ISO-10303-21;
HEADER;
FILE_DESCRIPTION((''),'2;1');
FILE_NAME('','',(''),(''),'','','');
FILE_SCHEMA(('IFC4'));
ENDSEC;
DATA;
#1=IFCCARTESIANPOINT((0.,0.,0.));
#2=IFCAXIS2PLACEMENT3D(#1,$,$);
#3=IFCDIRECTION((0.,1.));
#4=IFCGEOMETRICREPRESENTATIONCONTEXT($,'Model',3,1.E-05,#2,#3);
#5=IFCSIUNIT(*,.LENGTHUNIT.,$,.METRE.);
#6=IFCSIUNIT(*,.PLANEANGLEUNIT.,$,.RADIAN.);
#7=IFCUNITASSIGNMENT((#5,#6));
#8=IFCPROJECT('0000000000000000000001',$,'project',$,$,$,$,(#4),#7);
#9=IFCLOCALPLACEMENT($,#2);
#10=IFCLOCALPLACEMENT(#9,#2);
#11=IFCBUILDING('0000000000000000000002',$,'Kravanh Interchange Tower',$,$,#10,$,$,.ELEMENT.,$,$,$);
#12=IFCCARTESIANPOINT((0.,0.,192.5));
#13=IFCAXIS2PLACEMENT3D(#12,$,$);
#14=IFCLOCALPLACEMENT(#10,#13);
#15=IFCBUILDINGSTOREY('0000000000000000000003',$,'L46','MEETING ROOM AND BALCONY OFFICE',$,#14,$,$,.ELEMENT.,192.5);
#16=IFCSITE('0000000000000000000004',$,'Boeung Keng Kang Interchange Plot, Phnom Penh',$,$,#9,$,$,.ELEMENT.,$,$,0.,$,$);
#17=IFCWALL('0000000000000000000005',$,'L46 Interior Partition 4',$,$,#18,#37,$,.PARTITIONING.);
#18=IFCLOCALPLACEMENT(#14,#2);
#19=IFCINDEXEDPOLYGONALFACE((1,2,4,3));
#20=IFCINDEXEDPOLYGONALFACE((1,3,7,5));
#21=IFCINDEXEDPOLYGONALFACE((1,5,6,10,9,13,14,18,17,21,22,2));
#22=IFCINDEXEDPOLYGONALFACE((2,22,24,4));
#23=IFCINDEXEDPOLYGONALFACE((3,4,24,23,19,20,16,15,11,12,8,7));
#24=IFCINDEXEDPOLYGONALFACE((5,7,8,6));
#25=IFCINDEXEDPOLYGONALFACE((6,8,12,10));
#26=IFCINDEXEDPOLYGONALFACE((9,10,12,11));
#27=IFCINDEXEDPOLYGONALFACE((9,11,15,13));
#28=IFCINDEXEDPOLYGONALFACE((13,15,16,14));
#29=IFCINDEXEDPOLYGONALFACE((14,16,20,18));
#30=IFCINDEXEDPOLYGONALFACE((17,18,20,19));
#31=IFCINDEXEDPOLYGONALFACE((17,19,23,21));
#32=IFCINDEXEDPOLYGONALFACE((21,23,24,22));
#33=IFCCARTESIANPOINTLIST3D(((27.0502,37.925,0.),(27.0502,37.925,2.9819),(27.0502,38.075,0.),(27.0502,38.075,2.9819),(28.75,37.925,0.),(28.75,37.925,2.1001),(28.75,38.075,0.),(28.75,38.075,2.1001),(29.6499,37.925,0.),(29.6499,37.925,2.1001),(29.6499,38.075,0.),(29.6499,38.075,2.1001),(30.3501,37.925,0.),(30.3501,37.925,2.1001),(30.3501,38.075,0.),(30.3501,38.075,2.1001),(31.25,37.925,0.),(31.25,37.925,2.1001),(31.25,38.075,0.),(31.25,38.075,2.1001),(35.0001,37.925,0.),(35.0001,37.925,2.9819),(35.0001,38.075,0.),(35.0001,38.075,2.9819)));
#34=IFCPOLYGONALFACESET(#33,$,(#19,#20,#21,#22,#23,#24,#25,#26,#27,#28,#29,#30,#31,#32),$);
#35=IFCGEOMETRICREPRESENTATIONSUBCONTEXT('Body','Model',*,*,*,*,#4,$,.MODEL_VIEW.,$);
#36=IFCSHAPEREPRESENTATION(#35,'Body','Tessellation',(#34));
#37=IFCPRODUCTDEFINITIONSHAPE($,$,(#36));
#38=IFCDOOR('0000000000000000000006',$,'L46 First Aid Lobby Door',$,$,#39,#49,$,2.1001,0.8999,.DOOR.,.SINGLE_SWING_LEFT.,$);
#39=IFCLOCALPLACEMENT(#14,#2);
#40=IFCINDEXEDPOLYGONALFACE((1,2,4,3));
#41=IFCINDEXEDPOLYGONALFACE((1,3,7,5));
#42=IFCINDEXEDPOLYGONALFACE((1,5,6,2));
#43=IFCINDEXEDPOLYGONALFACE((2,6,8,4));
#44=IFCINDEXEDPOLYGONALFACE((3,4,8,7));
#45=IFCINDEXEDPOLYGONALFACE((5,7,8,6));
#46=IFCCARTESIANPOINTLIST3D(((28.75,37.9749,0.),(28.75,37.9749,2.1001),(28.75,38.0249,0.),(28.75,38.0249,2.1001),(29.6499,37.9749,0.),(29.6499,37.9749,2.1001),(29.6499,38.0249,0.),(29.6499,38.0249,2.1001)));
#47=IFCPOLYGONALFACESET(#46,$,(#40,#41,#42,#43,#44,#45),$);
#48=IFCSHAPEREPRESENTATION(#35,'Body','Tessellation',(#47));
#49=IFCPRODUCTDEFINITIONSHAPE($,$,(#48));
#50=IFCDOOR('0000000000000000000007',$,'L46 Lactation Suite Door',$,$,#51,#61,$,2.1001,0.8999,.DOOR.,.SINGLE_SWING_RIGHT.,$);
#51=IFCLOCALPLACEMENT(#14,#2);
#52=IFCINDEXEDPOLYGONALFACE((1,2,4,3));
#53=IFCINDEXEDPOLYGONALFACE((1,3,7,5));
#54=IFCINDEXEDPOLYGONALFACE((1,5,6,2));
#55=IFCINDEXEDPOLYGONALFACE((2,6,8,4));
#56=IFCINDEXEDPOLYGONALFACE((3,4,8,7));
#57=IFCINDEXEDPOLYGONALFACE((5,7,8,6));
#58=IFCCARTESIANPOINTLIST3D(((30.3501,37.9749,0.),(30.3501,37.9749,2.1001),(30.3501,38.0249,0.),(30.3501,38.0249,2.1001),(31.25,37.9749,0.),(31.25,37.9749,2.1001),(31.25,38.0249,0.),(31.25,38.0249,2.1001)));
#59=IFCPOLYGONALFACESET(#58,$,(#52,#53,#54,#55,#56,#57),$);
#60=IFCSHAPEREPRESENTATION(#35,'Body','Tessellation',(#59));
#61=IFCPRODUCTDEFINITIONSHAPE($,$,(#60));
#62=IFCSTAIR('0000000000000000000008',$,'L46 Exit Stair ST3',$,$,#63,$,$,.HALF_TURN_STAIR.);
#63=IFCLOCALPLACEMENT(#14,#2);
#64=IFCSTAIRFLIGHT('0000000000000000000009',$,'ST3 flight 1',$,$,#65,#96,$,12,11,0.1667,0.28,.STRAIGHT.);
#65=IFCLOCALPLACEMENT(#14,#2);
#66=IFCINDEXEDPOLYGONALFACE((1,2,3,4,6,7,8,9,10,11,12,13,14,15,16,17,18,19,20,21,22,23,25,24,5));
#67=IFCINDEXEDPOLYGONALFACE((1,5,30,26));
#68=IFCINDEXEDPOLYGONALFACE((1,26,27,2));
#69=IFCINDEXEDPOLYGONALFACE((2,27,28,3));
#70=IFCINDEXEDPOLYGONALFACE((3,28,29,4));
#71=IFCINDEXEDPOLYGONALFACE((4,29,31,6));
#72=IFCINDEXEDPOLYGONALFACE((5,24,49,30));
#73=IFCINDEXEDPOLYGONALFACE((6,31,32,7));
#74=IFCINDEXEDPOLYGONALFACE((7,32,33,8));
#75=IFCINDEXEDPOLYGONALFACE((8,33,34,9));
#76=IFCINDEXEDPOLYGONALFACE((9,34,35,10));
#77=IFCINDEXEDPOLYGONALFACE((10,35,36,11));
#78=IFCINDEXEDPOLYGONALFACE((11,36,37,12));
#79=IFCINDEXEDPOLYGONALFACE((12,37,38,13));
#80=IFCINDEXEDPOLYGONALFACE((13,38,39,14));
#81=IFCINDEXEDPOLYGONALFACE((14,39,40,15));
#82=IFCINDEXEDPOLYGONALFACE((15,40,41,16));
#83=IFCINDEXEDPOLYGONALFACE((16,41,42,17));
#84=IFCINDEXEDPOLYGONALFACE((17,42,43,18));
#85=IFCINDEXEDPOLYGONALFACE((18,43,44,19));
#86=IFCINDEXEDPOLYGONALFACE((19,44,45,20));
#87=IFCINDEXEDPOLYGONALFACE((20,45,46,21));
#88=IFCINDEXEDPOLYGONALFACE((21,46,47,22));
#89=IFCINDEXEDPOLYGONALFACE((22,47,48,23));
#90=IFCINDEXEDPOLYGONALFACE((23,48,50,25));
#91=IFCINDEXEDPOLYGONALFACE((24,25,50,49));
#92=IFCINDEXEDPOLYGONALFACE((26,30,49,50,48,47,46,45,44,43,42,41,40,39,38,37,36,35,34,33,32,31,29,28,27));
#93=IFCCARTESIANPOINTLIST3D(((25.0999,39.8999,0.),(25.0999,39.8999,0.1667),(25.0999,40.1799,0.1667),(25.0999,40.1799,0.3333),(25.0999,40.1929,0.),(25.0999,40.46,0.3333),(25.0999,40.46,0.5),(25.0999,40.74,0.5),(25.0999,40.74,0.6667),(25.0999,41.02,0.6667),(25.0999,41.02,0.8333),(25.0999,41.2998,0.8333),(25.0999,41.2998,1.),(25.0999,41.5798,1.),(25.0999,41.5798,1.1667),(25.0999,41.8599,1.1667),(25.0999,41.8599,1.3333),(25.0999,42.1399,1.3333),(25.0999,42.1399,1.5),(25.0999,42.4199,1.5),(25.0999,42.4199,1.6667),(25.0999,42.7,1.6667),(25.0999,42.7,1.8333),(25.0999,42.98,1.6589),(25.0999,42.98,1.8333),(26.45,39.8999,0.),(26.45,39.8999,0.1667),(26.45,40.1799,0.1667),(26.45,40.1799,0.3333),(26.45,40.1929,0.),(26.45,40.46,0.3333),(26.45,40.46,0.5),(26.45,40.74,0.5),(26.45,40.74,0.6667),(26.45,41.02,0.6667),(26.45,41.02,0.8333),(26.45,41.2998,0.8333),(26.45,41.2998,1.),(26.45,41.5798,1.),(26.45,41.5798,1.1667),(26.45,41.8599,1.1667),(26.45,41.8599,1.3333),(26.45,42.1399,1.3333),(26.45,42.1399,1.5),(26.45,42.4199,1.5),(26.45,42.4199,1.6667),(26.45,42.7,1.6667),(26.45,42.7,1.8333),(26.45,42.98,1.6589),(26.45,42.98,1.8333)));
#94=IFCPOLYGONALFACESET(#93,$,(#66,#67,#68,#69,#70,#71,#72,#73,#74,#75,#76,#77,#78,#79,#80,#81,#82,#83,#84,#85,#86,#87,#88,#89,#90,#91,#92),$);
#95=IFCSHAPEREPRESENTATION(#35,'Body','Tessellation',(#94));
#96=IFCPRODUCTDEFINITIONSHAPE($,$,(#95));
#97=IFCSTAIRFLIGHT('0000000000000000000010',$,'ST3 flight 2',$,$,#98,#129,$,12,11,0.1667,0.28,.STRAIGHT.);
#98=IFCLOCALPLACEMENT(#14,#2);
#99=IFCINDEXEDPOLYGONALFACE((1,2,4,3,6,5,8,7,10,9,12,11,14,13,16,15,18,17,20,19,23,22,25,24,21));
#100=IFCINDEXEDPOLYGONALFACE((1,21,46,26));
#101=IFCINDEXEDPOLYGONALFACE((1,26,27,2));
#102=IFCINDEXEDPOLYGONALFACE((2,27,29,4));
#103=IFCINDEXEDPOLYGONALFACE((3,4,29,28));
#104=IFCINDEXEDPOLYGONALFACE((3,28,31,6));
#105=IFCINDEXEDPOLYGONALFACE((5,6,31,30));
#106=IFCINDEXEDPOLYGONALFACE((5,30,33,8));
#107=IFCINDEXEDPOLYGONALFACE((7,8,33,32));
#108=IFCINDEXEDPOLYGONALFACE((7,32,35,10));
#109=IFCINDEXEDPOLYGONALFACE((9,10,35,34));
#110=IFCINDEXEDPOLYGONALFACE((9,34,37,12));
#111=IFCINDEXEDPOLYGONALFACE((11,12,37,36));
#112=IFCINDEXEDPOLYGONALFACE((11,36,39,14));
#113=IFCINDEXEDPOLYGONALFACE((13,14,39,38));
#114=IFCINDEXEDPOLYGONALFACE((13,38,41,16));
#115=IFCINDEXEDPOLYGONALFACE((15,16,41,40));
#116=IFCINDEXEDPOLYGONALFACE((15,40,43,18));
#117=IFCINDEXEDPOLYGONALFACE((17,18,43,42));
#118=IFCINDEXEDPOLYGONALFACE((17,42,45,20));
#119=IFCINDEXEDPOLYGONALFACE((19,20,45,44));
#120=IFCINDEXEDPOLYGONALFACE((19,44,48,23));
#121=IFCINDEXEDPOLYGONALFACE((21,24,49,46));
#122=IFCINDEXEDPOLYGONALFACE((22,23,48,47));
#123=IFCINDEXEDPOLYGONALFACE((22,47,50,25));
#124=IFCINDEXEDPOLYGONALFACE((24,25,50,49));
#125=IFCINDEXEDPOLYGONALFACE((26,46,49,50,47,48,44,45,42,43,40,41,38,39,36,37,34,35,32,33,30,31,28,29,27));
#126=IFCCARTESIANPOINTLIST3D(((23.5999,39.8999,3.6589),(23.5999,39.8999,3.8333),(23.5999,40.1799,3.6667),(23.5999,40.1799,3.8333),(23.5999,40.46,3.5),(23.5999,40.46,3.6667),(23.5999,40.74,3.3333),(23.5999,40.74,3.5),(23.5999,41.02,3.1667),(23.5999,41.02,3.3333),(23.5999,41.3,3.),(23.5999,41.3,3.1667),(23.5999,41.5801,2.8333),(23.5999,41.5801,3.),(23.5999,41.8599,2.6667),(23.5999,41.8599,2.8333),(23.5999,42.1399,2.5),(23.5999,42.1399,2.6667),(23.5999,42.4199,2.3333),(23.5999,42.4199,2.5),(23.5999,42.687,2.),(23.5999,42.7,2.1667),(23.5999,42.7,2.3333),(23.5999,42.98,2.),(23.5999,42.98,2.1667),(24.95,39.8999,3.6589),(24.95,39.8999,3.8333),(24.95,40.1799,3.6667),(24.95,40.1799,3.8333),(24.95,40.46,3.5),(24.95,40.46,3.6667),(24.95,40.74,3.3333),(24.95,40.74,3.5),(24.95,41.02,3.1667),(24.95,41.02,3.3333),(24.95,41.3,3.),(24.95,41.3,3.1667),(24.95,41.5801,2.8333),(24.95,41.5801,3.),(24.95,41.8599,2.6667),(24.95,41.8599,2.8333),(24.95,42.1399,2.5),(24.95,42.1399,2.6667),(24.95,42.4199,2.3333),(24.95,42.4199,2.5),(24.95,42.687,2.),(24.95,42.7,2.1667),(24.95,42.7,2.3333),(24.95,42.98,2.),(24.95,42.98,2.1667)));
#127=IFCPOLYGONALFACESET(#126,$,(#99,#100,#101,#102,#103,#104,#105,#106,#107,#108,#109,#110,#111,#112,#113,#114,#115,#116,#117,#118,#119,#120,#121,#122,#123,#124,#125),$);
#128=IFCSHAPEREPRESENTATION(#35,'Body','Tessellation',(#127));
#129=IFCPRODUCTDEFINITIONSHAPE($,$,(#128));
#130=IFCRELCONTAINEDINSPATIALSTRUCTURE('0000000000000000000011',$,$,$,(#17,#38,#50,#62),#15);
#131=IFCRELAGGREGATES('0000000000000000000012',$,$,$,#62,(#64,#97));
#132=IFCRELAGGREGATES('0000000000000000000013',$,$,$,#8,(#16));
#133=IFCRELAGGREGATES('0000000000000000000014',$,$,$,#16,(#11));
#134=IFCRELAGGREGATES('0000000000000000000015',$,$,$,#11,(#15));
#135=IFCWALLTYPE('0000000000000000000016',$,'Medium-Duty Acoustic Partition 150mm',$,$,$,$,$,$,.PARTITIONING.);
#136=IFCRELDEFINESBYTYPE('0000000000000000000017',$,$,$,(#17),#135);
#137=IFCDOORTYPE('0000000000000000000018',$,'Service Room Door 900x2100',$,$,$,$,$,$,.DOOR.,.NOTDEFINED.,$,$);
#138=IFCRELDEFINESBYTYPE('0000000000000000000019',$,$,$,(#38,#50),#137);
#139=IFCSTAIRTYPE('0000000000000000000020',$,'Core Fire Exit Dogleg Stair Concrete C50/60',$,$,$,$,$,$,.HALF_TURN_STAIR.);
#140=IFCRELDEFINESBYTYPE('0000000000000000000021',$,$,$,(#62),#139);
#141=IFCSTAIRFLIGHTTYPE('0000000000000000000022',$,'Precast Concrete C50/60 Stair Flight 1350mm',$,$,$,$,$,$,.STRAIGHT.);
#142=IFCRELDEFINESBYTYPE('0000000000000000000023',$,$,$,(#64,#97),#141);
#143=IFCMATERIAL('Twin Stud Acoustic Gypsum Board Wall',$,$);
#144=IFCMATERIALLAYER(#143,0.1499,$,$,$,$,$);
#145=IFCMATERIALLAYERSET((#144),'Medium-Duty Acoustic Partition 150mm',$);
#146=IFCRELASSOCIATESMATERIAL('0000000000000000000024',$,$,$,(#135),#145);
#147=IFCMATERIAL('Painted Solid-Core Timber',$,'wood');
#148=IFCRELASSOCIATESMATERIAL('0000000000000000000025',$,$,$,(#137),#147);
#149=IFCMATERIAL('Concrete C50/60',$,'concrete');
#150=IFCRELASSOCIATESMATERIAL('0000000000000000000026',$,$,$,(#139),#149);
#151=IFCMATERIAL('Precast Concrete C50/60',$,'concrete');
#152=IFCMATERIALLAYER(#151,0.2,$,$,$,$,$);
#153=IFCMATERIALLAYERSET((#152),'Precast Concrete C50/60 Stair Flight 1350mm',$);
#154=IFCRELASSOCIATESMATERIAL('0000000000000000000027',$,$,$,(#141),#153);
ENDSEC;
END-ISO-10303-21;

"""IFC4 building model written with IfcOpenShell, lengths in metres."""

from ifc_helpers import new_model, si_unit, direction, frame, frame_2d, origin, place, context, subcontext, project, spatial, polyline, rectangle, outline, extrude, material, layer, layer_set, type_object, element, fill, aggregate, save


model = new_model("IFC4")

# Units and contexts
model_context = context("Model", 3, precision=1e-05, world=origin(), true_north=direction((0.0, 1.0)))
body_context = subcontext(model_context, "Body", "Model", "MODEL_VIEW")
ifc_project = project(units=[si_unit("LENGTHUNIT", "METRE"), si_unit("PLANEANGLEUNIT", "RADIAN")], contexts=[model_context])

# Site, building, storey
site_placement = place(None, origin())
site = spatial("IfcSite", under=ifc_project, at=site_placement, Name="Boeung Keng Kang Interchange Plot, Phnom Penh", CompositionType="ELEMENT", RefElevation=0.0)
building_placement = place(site_placement, origin())
building = spatial("IfcBuilding", under=site, at=building_placement, Name="Kravanh Interchange Tower", CompositionType="ELEMENT")
storey_placement = place(building_placement, frame((0.0, 0.0, 192.5)))
storey = spatial("IfcBuildingStorey", under=building, at=storey_placement, Name="L46", Description="MEETING ROOM AND BALCONY OFFICE", CompositionType="ELEMENT", Elevation=192.5)

# Wall, openings, doors
ifc_material_1 = material(Name="Twin Stud Acoustic Gypsum Board Wall")
ifc_layer_1 = layer(ifc_material_1, 0.1499)
ifc_layer_set_1 = layer_set([ifc_layer_1], Name="Medium-Duty Acoustic Partition 150mm")
wall_type_1 = type_object("IfcWallType", Name="Medium-Duty Acoustic Partition 150mm", PredefinedType="PARTITIONING", material=ifc_layer_set_1)
wall_1_placement = place(storey_placement, frame((27.05, 38.0, 0.0), z_axis=(0.0, 0.0, 1.0), x_axis=(1.0, 0.0, 0.0)))
wall_1 = element("IfcWall", 1, at=wall_1_placement, inside=storey, type_object=wall_type_1, Name="L46 Interior Partition 4", PredefinedType="PARTITIONING", context=body_context, shape_type="SweptSolid", body=[
    extrude(rectangle(XDim=7.95, YDim=0.1499, at=frame_2d((3.9751, 0.0))), origin(), (0.0, 0.0, 1.0), 2.9819),
])
opening_1_placement = place(wall_1_placement, frame((1.7, 0.0, 0.0)))
opening_1 = element("IfcOpeningElement", 2, at=opening_1_placement, cuts=wall_1, PredefinedType="OPENING", context=body_context, shape_type="SweptSolid", body=[
    extrude(rectangle(XDim=0.8999, YDim=2.1001, at=frame_2d((0.45, 1.05))), frame((0.0, 0.085, 0.0), z_axis=(0.0, -1.0, 0.0), x_axis=(1.0, 0.0, 0.0)), (0.0, 0.0, 1.0), 0.1699),
])
opening_2_placement = place(wall_1_placement, frame((3.3, 0.0, 0.0)))
opening_2 = element("IfcOpeningElement", 3, at=opening_2_placement, cuts=wall_1, PredefinedType="OPENING", context=body_context, shape_type="SweptSolid", body=[
    extrude(rectangle(XDim=0.8999, YDim=2.1001, at=frame_2d((0.45, 1.05))), frame((0.0, 0.085, 0.0), z_axis=(0.0, -1.0, 0.0), x_axis=(1.0, 0.0, 0.0)), (0.0, 0.0, 1.0), 0.1699),
])
ifc_material_2 = material(Name="Painted Solid-Core Timber", Category="wood")
door_type = type_object("IfcDoorType", Name="Service Room Door 900x2100", OperationType="NOTDEFINED", PredefinedType="DOOR", material=ifc_material_2)
door_1_placement = place(opening_1_placement, origin())
door_1 = element("IfcDoor", 4, at=door_1_placement, inside=storey, type_object=door_type, Name="L46 First Aid Lobby Door", OperationType="SINGLE_SWING_LEFT", OverallHeight=2.1001, OverallWidth=0.8999, PredefinedType="DOOR", context=body_context, shape_type="SweptSolid", body=[
    extrude(rectangle(XDim=0.8999, YDim=2.1001, at=frame_2d((0.45, 1.05))), frame((0.0, 0.0249, 0.0), z_axis=(0.0, -1.0, 0.0), x_axis=(1.0, 0.0, 0.0)), (0.0, 0.0, 1.0), 0.05),
])
fill(opening_1, door_1)
door_2_placement = place(opening_2_placement, origin())
door_2 = element("IfcDoor", 5, at=door_2_placement, inside=storey, type_object=door_type, Name="L46 Lactation Suite Door", OperationType="SINGLE_SWING_RIGHT", OverallHeight=2.1001, OverallWidth=0.8999, PredefinedType="DOOR", context=body_context, shape_type="SweptSolid", body=[
    extrude(rectangle(XDim=0.8999, YDim=2.1001, at=frame_2d((0.45, 1.05))), frame((0.0, 0.0249, 0.0), z_axis=(0.0, -1.0, 0.0), x_axis=(1.0, 0.0, 0.0)), (0.0, 0.0, 1.0), 0.05),
])
fill(opening_2, door_2)

# Stair, stair flights
ifc_material_3 = material(Name="Concrete C50/60", Category="concrete")
stair_type = type_object("IfcStairType", Name="Core Fire Exit Dogleg Stair Concrete C50/60", PredefinedType="HALF_TURN_STAIR", material=ifc_material_3)
stair_placement = place(storey_placement, origin())
stair = element("IfcStair", 6, at=stair_placement, inside=storey, type_object=stair_type, Name="L46 Exit Stair ST3", PredefinedType="HALF_TURN_STAIR")
ifc_material_4 = material(Name="Precast Concrete C50/60", Category="concrete")
ifc_layer_2 = layer(ifc_material_4, 0.2)
ifc_layer_set_2 = layer_set([ifc_layer_2], Name="Precast Concrete C50/60 Stair Flight 1350mm")
stair_flight_type = type_object("IfcStairFlightType", Name="Precast Concrete C50/60 Stair Flight 1350mm", PredefinedType="STRAIGHT", material=ifc_layer_set_2)
stair_flight_1_placement = place(storey_placement, frame((25.7749, 39.8999, 0.0), z_axis=(0.0, 0.0, 1.0), x_axis=(0.0, 1.0, 0.0)))
stair_flight_1 = element("IfcStairFlight", 7, at=stair_flight_1_placement, type_object=stair_flight_type, Name="ST3 flight 1", NumberOfRisers=12, NumberOfTreads=11, PredefinedType="STRAIGHT", RiserHeight=0.1667, TreadLength=0.28, context=body_context, shape_type="SweptSolid", body=[
    extrude(outline(polyline([(0.0, 0.0), (0.0, 0.1667), (0.28, 0.1667), (0.28, 0.3333), (0.5601, 0.3333), (0.5601, 0.5), (0.8401, 0.5), (0.8401, 0.6667), (1.1201, 0.6667), (1.1201, 0.8333), (1.3999, 0.8333), (1.3999, 1.0), (1.6799, 1.0), (1.6799, 1.1667), (1.96, 1.1667), (1.96, 1.3333), (2.24, 1.3333), (2.24, 1.5), (2.52, 1.5), (2.52, 1.6667), (2.8, 1.6667), (2.8, 1.8333), (3.0801, 1.8333), (3.0801, 2.0), (3.0801, 1.6589), (0.293, 0.0), (0.0, 0.0)])), frame((0.0, 0.675, 0.0), z_axis=(0.0, -1.0, 0.0), x_axis=(1.0, 0.0, 0.0)), (0.0, 0.0, 1.0), 1.3501),
])
stair_flight_2_placement = place(storey_placement, frame((24.2749, 42.98, 2.0), z_axis=(0.0, 0.0, 1.0), x_axis=(0.0, -1.0, 0.0)))
stair_flight_2 = element("IfcStairFlight", 8, at=stair_flight_2_placement, type_object=stair_flight_type, Name="ST3 flight 2", NumberOfRisers=12, NumberOfTreads=11, PredefinedType="STRAIGHT", RiserHeight=0.1667, TreadLength=0.28, context=body_context, shape_type="SweptSolid", body=[
    extrude(outline(polyline([(0.0, 0.0), (0.0, 0.1667), (0.28, 0.1667), (0.28, 0.3333), (0.5601, 0.3333), (0.5601, 0.5), (0.8401, 0.5), (0.8401, 0.6667), (1.1201, 0.6667), (1.1201, 0.8333), (1.3999, 0.8333), (1.3999, 1.0), (1.6799, 1.0), (1.6799, 1.1667), (1.96, 1.1667), (1.96, 1.3333), (2.24, 1.3333), (2.24, 1.5), (2.52, 1.5), (2.52, 1.6667), (2.8, 1.6667), (2.8, 1.8333), (3.0801, 1.8333), (3.0801, 2.0), (3.0801, 1.6589), (0.293, 0.0), (0.0, 0.0)])), frame((0.0, 0.675, 0.0), z_axis=(0.0, -1.0, 0.0), x_axis=(1.0, 0.0, 0.0)), (0.0, 0.0, 1.0), 1.3501),
])
aggregate(stair, [stair_flight_1, stair_flight_2])

save(model, "model.ifc")
